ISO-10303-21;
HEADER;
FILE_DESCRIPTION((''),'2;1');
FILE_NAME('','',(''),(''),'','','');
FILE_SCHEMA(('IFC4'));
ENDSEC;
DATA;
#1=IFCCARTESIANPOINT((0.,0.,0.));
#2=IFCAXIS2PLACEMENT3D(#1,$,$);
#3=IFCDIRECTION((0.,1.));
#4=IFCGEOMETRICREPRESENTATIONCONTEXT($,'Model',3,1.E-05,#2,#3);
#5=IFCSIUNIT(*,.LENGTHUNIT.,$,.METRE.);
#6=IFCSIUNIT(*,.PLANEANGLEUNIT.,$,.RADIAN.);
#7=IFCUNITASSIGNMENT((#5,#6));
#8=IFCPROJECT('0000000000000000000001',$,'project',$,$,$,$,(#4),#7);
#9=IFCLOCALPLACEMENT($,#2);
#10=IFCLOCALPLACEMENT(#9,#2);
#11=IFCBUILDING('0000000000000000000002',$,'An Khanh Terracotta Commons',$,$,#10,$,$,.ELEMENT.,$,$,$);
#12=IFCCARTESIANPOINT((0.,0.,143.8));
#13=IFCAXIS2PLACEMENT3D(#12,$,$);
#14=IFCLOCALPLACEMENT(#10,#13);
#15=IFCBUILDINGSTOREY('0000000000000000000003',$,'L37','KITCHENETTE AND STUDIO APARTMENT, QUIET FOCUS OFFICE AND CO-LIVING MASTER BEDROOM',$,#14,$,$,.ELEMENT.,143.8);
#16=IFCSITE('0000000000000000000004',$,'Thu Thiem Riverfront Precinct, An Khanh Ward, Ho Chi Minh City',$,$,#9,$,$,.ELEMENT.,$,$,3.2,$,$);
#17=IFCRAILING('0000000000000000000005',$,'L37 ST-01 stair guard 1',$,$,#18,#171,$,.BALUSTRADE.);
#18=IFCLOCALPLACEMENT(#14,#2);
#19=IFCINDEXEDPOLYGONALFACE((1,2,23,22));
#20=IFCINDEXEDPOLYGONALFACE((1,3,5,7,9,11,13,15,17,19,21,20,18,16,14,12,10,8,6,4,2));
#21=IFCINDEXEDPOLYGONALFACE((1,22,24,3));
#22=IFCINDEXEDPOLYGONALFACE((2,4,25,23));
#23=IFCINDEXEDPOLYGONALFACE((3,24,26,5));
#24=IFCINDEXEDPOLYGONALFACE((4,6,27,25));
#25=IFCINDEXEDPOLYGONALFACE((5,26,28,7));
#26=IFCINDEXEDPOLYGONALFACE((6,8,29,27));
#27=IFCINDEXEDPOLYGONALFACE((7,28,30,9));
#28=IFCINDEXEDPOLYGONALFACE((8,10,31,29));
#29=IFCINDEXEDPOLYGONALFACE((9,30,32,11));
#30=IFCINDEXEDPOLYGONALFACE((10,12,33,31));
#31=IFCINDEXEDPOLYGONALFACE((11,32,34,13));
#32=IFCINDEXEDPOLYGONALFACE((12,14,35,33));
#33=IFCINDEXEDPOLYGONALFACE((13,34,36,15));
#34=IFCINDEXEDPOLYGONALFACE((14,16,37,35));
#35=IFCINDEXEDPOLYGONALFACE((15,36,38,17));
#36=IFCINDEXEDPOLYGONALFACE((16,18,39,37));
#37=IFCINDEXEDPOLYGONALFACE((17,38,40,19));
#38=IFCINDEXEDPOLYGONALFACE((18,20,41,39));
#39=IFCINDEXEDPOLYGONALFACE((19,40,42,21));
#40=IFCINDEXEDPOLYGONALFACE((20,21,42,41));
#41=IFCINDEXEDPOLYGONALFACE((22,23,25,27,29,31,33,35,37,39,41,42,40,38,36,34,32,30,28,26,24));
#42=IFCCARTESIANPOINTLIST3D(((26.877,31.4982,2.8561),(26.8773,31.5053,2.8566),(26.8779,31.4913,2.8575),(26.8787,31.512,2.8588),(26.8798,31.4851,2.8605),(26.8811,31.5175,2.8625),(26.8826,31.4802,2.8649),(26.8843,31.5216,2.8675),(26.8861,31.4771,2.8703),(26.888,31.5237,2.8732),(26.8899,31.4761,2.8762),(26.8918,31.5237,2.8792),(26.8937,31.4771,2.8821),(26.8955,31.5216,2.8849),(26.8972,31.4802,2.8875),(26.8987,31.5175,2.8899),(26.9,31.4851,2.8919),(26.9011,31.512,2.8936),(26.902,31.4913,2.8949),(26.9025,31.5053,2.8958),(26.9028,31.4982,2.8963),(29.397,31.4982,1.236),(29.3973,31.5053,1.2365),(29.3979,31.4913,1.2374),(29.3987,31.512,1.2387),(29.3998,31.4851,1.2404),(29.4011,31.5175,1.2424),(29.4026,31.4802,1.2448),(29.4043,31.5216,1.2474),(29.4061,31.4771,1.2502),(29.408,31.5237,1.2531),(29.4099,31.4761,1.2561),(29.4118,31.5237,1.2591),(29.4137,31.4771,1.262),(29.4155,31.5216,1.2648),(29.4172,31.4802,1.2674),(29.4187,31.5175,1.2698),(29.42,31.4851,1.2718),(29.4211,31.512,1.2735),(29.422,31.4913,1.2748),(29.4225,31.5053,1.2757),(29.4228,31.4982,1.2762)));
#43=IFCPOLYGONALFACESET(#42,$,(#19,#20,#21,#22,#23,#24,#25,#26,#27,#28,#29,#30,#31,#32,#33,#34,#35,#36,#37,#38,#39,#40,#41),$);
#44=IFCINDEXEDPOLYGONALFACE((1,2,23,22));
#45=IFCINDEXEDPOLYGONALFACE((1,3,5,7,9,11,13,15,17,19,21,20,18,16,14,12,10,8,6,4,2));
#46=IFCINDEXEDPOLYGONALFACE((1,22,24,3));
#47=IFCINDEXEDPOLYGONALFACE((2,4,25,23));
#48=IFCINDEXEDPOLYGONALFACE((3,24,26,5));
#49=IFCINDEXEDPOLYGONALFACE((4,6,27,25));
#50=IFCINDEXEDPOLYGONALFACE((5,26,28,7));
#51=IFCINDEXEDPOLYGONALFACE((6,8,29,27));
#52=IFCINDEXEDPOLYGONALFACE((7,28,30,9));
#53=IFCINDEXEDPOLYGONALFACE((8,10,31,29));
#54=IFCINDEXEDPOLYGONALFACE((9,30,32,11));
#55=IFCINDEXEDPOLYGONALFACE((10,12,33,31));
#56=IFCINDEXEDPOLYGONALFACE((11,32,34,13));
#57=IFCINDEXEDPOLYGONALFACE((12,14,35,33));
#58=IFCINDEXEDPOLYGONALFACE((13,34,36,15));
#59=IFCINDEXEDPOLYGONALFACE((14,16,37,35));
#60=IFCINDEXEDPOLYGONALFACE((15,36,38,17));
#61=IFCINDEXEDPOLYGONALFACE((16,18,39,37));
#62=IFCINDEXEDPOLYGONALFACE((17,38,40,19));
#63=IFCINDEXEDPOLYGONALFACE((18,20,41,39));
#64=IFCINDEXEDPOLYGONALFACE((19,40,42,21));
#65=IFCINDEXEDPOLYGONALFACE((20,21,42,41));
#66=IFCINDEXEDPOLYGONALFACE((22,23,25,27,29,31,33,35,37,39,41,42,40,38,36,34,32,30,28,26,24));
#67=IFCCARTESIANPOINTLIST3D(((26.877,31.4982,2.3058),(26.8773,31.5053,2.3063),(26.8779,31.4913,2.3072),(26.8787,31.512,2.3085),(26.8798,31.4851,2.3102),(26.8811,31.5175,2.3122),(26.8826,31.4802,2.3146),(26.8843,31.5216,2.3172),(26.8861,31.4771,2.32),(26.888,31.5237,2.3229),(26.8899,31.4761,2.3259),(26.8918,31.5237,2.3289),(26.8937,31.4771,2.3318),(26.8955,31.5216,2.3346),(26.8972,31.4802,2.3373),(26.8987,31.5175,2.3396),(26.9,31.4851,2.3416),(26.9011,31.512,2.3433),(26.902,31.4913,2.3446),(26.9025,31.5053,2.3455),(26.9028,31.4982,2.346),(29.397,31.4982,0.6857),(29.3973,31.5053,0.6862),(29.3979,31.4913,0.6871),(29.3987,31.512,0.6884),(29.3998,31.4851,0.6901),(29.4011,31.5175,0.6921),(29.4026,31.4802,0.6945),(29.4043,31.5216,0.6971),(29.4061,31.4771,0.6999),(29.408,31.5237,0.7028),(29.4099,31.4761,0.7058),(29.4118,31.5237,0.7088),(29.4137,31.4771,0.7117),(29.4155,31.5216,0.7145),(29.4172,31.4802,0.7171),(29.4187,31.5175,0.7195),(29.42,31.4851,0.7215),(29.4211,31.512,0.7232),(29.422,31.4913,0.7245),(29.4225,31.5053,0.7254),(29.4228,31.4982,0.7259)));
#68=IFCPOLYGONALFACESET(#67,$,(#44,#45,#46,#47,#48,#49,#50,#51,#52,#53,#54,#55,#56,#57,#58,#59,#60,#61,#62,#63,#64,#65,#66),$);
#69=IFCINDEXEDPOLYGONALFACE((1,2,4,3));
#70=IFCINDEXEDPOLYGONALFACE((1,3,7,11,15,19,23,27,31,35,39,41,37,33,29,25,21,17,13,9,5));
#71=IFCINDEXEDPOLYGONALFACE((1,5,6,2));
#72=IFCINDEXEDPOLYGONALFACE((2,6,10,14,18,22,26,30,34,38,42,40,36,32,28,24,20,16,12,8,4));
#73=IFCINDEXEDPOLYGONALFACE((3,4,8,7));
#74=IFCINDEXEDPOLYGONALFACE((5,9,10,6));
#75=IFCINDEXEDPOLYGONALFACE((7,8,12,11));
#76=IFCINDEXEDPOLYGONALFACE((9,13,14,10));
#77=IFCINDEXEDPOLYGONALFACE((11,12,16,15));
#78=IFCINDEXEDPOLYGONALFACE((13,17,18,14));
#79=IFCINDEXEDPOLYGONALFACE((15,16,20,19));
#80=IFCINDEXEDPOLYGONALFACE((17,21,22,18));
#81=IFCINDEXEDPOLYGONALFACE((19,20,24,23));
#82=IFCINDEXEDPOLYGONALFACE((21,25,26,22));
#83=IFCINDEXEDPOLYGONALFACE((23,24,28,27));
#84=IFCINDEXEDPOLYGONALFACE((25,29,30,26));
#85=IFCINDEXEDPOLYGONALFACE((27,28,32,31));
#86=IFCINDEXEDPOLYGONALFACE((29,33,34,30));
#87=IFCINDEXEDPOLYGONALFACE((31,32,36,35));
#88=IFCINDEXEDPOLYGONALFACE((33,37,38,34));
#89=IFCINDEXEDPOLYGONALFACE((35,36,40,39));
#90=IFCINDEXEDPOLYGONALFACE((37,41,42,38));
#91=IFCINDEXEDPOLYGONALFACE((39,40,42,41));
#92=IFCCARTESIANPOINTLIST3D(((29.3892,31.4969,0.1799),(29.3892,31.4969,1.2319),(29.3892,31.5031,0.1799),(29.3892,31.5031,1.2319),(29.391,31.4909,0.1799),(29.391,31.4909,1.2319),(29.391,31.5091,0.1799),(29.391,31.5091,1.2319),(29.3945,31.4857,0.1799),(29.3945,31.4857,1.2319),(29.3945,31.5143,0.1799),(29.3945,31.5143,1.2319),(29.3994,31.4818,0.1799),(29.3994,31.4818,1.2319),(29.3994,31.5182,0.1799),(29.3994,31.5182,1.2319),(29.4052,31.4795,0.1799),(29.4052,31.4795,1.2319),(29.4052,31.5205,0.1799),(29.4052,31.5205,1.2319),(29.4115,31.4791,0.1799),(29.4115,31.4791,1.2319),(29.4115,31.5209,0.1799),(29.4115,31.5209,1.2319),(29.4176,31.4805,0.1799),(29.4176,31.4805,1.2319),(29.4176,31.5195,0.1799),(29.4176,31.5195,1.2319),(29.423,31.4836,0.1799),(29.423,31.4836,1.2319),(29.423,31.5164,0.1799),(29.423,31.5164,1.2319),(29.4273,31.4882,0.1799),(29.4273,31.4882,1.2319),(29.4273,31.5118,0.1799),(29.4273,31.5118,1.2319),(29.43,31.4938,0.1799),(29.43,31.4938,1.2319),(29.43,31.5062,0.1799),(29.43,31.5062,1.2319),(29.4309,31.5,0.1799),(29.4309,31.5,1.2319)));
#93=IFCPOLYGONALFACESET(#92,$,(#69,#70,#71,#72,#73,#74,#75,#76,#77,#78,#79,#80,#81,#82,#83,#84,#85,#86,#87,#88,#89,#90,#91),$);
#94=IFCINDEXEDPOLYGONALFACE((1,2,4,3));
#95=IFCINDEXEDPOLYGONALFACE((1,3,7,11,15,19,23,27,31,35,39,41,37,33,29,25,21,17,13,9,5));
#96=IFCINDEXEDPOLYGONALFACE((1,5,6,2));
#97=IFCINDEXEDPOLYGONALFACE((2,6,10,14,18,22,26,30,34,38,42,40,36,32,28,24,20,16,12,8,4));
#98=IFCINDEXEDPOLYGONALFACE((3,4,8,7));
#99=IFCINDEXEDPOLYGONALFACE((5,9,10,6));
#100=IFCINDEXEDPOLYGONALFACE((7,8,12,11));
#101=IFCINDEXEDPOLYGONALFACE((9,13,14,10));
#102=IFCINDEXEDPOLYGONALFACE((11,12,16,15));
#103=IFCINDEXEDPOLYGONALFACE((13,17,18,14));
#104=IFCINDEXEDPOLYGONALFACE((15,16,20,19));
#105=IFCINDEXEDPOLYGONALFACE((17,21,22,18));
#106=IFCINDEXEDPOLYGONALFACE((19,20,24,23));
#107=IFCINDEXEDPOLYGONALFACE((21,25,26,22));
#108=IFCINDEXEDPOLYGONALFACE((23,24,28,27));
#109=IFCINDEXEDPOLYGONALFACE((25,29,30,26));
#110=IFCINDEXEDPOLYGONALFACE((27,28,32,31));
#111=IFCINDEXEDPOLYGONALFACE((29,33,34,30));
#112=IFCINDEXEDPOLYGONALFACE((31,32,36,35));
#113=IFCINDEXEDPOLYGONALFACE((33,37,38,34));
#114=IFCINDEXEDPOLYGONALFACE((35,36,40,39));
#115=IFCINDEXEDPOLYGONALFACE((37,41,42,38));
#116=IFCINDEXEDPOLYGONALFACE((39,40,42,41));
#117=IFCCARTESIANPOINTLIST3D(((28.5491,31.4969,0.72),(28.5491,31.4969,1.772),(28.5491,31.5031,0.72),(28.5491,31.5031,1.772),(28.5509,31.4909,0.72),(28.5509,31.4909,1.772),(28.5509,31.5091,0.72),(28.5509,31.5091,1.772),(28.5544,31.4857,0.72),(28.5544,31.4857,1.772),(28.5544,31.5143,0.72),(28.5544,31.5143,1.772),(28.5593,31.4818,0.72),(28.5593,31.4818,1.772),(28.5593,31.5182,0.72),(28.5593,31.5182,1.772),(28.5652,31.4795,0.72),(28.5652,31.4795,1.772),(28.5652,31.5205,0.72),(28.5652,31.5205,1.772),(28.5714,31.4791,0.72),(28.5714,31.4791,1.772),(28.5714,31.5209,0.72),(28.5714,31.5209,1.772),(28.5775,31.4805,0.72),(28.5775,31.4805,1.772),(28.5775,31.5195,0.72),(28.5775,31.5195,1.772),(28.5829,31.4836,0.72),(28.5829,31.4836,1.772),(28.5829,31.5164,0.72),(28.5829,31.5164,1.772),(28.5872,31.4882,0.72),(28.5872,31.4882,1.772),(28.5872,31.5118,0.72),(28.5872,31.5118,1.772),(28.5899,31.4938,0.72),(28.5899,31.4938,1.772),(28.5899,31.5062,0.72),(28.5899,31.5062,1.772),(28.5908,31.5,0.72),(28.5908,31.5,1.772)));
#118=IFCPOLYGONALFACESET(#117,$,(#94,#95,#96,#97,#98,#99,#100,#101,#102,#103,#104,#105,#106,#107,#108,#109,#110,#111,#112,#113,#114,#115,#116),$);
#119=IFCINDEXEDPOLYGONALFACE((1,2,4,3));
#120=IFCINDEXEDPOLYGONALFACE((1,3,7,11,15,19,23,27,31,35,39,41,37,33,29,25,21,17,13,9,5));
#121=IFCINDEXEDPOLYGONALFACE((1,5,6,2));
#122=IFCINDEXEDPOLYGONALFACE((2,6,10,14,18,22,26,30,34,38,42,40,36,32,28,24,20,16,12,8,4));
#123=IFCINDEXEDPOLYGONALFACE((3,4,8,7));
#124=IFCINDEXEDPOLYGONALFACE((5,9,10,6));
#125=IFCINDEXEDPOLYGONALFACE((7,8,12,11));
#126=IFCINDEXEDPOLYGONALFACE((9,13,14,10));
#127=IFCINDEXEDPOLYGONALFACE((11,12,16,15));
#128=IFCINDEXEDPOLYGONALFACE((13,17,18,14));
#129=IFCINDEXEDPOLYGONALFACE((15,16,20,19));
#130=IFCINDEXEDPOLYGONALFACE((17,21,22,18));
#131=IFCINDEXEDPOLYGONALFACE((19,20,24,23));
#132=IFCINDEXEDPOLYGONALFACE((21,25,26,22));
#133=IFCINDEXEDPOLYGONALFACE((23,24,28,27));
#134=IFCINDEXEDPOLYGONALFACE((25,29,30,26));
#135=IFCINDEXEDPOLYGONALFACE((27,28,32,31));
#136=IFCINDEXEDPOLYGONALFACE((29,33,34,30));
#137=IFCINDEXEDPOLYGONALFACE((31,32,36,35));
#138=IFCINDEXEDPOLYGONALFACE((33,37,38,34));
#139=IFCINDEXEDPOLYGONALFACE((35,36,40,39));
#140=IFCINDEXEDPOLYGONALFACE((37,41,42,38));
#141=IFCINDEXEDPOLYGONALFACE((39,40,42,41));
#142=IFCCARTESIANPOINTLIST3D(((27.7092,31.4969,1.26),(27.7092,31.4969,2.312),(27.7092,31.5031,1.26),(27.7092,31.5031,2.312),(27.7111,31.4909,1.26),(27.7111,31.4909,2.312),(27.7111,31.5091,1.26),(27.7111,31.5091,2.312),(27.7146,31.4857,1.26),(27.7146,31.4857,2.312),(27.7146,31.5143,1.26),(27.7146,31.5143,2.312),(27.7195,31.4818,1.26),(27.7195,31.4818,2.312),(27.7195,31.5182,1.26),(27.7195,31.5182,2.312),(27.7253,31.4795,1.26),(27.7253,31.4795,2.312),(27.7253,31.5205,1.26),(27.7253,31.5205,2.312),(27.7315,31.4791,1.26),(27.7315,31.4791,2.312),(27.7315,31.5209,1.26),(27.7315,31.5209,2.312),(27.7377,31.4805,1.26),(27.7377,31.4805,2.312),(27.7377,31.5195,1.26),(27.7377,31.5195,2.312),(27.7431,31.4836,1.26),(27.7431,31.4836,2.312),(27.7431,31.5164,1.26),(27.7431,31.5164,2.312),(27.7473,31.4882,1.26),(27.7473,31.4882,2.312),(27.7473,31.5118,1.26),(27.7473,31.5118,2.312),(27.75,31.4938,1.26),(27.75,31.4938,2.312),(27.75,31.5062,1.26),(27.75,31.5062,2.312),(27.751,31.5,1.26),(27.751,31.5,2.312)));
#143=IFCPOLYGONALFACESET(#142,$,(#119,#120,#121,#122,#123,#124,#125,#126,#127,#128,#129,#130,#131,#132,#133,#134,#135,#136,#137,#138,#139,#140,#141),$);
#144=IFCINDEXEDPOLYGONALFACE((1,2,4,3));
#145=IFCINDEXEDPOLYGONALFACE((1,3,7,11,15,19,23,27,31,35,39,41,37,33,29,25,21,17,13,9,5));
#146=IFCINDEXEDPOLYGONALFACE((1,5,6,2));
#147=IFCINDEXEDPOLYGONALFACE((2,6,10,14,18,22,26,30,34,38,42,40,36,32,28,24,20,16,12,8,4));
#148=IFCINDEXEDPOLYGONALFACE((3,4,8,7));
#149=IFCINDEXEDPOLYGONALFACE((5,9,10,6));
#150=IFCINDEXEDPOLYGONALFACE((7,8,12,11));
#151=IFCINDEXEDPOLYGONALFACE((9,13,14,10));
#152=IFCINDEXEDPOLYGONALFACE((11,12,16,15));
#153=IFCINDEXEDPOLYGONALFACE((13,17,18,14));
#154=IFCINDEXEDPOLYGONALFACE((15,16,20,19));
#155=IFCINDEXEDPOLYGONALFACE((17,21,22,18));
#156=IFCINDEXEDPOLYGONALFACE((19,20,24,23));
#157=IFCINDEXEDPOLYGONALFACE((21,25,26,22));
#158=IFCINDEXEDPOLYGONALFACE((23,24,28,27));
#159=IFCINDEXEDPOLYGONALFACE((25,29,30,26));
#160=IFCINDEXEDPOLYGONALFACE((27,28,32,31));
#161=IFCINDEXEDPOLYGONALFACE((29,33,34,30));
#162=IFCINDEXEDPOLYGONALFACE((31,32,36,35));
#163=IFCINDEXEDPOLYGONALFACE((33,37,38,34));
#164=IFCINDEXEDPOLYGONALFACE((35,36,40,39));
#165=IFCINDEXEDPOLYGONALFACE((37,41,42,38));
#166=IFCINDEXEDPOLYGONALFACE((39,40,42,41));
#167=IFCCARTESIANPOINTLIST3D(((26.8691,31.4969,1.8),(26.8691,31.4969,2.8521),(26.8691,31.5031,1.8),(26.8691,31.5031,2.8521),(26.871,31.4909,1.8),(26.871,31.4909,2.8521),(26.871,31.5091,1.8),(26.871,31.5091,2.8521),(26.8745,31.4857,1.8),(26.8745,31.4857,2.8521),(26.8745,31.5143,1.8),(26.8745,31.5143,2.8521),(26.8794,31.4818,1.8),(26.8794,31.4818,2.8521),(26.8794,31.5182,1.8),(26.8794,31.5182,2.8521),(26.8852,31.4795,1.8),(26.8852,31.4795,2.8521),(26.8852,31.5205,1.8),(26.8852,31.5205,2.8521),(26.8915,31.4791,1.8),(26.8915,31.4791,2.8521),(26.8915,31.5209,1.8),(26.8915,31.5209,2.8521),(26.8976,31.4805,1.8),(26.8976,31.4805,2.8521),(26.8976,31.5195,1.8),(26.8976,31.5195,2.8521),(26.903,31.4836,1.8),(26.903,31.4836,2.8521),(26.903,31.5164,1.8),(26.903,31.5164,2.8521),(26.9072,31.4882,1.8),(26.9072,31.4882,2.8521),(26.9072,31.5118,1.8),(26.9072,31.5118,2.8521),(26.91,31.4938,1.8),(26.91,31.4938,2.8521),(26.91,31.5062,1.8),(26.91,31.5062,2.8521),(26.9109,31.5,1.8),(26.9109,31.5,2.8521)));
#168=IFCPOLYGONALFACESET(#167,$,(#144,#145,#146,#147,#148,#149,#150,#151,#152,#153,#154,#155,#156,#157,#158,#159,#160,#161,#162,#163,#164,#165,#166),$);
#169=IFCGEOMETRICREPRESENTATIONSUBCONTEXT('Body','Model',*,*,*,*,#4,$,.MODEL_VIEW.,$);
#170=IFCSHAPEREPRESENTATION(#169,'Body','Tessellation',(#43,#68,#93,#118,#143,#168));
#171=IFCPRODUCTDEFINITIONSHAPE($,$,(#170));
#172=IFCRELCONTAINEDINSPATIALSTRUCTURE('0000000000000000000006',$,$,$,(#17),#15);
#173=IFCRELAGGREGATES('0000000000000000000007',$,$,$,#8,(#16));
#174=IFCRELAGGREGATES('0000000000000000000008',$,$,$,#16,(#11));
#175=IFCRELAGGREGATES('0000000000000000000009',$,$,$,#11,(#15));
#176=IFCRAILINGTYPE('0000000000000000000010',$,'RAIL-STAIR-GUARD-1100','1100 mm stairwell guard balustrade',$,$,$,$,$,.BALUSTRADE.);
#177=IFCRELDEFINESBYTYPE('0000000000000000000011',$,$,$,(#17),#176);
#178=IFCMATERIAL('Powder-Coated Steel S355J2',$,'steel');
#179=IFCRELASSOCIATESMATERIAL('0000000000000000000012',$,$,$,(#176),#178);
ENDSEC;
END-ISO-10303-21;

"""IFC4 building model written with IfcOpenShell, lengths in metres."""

from ifc_helpers import new_model, si_unit, direction, frame, origin, origin_2d, place, context, subcontext, project, spatial, circle, extrude, material, type_object, element, save


model = new_model("IFC4")

# Units and contexts
model_context = context("Model", 3, precision=1e-05, world=origin(), true_north=direction((0.0, 1.0)))
body_context = subcontext(model_context, "Body", "Model", "MODEL_VIEW")
ifc_project = project(units=[si_unit("LENGTHUNIT", "METRE"), si_unit("PLANEANGLEUNIT", "RADIAN")], contexts=[model_context])

# Site, building, storey
site_placement = place(None, origin())
site = spatial("IfcSite", under=ifc_project, at=site_placement, Name="Thu Thiem Riverfront Precinct, An Khanh Ward, Ho Chi Minh City", CompositionType="ELEMENT", RefElevation=3.2)
building_placement = place(site_placement, origin())
building = spatial("IfcBuilding", under=site, at=building_placement, Name="An Khanh Terracotta Commons", CompositionType="ELEMENT")
storey_placement = place(building_placement, frame((0.0, 0.0, 143.8)))
storey = spatial("IfcBuildingStorey", under=building, at=storey_placement, Name="L37", Description="KITCHENETTE AND STUDIO APARTMENT, QUIET FOCUS OFFICE AND CO-LIVING MASTER BEDROOM", CompositionType="ELEMENT", Elevation=143.8)

# Railing
ifc_material_1 = material(Name="Powder-Coated Steel S355J2", Category="steel")
railing_type_1 = type_object("IfcRailingType", Name="RAIL-STAIR-GUARD-1100", Description="1100 mm stairwell guard balustrade", PredefinedType="BALUSTRADE", material=ifc_material_1)
railing_1_placement = place(storey_placement, frame((29.4099, 31.5, 0.1799)))
element("IfcRailing", 1, at=railing_1_placement, inside=storey, type_object=railing_type_1, Name="L37 ST-01 stair guard 1", PredefinedType="BALUSTRADE", context=body_context, shape_type="SweptSolid", body=[
    extrude(circle(Radius=0.0239, at=origin_2d()), frame((0.0, 0.0, 1.0762), z_axis=(-0.841163, 0.0, 0.540782), x_axis=(0.0, -1.0, 0.0)), (0.0, 0.0, 1.0), 2.9958),
    extrude(circle(Radius=0.0239, at=origin_2d()), frame((0.0, 0.0, 0.5259), z_axis=(-0.841163, 0.0, 0.540782), x_axis=(0.0, -1.0, 0.0)), (0.0, 0.0, 1.0), 2.9958),
    extrude(circle(Radius=0.021, at=origin_2d()), origin(), (0.0, 0.0, 1.0), 1.052),
    extrude(circle(Radius=0.021, at=origin_2d()), frame((-0.8401, 0.0, 0.54)), (0.0, 0.0, 1.0), 1.052),
    extrude(circle(Radius=0.021, at=origin_2d()), frame((-1.6799, 0.0, 1.0801)), (0.0, 0.0, 1.0), 1.052),
    extrude(circle(Radius=0.021, at=origin_2d()), frame((-2.52, 0.0, 1.6201)), (0.0, 0.0, 1.0), 1.052),
])

save(model, "model.ifc")
